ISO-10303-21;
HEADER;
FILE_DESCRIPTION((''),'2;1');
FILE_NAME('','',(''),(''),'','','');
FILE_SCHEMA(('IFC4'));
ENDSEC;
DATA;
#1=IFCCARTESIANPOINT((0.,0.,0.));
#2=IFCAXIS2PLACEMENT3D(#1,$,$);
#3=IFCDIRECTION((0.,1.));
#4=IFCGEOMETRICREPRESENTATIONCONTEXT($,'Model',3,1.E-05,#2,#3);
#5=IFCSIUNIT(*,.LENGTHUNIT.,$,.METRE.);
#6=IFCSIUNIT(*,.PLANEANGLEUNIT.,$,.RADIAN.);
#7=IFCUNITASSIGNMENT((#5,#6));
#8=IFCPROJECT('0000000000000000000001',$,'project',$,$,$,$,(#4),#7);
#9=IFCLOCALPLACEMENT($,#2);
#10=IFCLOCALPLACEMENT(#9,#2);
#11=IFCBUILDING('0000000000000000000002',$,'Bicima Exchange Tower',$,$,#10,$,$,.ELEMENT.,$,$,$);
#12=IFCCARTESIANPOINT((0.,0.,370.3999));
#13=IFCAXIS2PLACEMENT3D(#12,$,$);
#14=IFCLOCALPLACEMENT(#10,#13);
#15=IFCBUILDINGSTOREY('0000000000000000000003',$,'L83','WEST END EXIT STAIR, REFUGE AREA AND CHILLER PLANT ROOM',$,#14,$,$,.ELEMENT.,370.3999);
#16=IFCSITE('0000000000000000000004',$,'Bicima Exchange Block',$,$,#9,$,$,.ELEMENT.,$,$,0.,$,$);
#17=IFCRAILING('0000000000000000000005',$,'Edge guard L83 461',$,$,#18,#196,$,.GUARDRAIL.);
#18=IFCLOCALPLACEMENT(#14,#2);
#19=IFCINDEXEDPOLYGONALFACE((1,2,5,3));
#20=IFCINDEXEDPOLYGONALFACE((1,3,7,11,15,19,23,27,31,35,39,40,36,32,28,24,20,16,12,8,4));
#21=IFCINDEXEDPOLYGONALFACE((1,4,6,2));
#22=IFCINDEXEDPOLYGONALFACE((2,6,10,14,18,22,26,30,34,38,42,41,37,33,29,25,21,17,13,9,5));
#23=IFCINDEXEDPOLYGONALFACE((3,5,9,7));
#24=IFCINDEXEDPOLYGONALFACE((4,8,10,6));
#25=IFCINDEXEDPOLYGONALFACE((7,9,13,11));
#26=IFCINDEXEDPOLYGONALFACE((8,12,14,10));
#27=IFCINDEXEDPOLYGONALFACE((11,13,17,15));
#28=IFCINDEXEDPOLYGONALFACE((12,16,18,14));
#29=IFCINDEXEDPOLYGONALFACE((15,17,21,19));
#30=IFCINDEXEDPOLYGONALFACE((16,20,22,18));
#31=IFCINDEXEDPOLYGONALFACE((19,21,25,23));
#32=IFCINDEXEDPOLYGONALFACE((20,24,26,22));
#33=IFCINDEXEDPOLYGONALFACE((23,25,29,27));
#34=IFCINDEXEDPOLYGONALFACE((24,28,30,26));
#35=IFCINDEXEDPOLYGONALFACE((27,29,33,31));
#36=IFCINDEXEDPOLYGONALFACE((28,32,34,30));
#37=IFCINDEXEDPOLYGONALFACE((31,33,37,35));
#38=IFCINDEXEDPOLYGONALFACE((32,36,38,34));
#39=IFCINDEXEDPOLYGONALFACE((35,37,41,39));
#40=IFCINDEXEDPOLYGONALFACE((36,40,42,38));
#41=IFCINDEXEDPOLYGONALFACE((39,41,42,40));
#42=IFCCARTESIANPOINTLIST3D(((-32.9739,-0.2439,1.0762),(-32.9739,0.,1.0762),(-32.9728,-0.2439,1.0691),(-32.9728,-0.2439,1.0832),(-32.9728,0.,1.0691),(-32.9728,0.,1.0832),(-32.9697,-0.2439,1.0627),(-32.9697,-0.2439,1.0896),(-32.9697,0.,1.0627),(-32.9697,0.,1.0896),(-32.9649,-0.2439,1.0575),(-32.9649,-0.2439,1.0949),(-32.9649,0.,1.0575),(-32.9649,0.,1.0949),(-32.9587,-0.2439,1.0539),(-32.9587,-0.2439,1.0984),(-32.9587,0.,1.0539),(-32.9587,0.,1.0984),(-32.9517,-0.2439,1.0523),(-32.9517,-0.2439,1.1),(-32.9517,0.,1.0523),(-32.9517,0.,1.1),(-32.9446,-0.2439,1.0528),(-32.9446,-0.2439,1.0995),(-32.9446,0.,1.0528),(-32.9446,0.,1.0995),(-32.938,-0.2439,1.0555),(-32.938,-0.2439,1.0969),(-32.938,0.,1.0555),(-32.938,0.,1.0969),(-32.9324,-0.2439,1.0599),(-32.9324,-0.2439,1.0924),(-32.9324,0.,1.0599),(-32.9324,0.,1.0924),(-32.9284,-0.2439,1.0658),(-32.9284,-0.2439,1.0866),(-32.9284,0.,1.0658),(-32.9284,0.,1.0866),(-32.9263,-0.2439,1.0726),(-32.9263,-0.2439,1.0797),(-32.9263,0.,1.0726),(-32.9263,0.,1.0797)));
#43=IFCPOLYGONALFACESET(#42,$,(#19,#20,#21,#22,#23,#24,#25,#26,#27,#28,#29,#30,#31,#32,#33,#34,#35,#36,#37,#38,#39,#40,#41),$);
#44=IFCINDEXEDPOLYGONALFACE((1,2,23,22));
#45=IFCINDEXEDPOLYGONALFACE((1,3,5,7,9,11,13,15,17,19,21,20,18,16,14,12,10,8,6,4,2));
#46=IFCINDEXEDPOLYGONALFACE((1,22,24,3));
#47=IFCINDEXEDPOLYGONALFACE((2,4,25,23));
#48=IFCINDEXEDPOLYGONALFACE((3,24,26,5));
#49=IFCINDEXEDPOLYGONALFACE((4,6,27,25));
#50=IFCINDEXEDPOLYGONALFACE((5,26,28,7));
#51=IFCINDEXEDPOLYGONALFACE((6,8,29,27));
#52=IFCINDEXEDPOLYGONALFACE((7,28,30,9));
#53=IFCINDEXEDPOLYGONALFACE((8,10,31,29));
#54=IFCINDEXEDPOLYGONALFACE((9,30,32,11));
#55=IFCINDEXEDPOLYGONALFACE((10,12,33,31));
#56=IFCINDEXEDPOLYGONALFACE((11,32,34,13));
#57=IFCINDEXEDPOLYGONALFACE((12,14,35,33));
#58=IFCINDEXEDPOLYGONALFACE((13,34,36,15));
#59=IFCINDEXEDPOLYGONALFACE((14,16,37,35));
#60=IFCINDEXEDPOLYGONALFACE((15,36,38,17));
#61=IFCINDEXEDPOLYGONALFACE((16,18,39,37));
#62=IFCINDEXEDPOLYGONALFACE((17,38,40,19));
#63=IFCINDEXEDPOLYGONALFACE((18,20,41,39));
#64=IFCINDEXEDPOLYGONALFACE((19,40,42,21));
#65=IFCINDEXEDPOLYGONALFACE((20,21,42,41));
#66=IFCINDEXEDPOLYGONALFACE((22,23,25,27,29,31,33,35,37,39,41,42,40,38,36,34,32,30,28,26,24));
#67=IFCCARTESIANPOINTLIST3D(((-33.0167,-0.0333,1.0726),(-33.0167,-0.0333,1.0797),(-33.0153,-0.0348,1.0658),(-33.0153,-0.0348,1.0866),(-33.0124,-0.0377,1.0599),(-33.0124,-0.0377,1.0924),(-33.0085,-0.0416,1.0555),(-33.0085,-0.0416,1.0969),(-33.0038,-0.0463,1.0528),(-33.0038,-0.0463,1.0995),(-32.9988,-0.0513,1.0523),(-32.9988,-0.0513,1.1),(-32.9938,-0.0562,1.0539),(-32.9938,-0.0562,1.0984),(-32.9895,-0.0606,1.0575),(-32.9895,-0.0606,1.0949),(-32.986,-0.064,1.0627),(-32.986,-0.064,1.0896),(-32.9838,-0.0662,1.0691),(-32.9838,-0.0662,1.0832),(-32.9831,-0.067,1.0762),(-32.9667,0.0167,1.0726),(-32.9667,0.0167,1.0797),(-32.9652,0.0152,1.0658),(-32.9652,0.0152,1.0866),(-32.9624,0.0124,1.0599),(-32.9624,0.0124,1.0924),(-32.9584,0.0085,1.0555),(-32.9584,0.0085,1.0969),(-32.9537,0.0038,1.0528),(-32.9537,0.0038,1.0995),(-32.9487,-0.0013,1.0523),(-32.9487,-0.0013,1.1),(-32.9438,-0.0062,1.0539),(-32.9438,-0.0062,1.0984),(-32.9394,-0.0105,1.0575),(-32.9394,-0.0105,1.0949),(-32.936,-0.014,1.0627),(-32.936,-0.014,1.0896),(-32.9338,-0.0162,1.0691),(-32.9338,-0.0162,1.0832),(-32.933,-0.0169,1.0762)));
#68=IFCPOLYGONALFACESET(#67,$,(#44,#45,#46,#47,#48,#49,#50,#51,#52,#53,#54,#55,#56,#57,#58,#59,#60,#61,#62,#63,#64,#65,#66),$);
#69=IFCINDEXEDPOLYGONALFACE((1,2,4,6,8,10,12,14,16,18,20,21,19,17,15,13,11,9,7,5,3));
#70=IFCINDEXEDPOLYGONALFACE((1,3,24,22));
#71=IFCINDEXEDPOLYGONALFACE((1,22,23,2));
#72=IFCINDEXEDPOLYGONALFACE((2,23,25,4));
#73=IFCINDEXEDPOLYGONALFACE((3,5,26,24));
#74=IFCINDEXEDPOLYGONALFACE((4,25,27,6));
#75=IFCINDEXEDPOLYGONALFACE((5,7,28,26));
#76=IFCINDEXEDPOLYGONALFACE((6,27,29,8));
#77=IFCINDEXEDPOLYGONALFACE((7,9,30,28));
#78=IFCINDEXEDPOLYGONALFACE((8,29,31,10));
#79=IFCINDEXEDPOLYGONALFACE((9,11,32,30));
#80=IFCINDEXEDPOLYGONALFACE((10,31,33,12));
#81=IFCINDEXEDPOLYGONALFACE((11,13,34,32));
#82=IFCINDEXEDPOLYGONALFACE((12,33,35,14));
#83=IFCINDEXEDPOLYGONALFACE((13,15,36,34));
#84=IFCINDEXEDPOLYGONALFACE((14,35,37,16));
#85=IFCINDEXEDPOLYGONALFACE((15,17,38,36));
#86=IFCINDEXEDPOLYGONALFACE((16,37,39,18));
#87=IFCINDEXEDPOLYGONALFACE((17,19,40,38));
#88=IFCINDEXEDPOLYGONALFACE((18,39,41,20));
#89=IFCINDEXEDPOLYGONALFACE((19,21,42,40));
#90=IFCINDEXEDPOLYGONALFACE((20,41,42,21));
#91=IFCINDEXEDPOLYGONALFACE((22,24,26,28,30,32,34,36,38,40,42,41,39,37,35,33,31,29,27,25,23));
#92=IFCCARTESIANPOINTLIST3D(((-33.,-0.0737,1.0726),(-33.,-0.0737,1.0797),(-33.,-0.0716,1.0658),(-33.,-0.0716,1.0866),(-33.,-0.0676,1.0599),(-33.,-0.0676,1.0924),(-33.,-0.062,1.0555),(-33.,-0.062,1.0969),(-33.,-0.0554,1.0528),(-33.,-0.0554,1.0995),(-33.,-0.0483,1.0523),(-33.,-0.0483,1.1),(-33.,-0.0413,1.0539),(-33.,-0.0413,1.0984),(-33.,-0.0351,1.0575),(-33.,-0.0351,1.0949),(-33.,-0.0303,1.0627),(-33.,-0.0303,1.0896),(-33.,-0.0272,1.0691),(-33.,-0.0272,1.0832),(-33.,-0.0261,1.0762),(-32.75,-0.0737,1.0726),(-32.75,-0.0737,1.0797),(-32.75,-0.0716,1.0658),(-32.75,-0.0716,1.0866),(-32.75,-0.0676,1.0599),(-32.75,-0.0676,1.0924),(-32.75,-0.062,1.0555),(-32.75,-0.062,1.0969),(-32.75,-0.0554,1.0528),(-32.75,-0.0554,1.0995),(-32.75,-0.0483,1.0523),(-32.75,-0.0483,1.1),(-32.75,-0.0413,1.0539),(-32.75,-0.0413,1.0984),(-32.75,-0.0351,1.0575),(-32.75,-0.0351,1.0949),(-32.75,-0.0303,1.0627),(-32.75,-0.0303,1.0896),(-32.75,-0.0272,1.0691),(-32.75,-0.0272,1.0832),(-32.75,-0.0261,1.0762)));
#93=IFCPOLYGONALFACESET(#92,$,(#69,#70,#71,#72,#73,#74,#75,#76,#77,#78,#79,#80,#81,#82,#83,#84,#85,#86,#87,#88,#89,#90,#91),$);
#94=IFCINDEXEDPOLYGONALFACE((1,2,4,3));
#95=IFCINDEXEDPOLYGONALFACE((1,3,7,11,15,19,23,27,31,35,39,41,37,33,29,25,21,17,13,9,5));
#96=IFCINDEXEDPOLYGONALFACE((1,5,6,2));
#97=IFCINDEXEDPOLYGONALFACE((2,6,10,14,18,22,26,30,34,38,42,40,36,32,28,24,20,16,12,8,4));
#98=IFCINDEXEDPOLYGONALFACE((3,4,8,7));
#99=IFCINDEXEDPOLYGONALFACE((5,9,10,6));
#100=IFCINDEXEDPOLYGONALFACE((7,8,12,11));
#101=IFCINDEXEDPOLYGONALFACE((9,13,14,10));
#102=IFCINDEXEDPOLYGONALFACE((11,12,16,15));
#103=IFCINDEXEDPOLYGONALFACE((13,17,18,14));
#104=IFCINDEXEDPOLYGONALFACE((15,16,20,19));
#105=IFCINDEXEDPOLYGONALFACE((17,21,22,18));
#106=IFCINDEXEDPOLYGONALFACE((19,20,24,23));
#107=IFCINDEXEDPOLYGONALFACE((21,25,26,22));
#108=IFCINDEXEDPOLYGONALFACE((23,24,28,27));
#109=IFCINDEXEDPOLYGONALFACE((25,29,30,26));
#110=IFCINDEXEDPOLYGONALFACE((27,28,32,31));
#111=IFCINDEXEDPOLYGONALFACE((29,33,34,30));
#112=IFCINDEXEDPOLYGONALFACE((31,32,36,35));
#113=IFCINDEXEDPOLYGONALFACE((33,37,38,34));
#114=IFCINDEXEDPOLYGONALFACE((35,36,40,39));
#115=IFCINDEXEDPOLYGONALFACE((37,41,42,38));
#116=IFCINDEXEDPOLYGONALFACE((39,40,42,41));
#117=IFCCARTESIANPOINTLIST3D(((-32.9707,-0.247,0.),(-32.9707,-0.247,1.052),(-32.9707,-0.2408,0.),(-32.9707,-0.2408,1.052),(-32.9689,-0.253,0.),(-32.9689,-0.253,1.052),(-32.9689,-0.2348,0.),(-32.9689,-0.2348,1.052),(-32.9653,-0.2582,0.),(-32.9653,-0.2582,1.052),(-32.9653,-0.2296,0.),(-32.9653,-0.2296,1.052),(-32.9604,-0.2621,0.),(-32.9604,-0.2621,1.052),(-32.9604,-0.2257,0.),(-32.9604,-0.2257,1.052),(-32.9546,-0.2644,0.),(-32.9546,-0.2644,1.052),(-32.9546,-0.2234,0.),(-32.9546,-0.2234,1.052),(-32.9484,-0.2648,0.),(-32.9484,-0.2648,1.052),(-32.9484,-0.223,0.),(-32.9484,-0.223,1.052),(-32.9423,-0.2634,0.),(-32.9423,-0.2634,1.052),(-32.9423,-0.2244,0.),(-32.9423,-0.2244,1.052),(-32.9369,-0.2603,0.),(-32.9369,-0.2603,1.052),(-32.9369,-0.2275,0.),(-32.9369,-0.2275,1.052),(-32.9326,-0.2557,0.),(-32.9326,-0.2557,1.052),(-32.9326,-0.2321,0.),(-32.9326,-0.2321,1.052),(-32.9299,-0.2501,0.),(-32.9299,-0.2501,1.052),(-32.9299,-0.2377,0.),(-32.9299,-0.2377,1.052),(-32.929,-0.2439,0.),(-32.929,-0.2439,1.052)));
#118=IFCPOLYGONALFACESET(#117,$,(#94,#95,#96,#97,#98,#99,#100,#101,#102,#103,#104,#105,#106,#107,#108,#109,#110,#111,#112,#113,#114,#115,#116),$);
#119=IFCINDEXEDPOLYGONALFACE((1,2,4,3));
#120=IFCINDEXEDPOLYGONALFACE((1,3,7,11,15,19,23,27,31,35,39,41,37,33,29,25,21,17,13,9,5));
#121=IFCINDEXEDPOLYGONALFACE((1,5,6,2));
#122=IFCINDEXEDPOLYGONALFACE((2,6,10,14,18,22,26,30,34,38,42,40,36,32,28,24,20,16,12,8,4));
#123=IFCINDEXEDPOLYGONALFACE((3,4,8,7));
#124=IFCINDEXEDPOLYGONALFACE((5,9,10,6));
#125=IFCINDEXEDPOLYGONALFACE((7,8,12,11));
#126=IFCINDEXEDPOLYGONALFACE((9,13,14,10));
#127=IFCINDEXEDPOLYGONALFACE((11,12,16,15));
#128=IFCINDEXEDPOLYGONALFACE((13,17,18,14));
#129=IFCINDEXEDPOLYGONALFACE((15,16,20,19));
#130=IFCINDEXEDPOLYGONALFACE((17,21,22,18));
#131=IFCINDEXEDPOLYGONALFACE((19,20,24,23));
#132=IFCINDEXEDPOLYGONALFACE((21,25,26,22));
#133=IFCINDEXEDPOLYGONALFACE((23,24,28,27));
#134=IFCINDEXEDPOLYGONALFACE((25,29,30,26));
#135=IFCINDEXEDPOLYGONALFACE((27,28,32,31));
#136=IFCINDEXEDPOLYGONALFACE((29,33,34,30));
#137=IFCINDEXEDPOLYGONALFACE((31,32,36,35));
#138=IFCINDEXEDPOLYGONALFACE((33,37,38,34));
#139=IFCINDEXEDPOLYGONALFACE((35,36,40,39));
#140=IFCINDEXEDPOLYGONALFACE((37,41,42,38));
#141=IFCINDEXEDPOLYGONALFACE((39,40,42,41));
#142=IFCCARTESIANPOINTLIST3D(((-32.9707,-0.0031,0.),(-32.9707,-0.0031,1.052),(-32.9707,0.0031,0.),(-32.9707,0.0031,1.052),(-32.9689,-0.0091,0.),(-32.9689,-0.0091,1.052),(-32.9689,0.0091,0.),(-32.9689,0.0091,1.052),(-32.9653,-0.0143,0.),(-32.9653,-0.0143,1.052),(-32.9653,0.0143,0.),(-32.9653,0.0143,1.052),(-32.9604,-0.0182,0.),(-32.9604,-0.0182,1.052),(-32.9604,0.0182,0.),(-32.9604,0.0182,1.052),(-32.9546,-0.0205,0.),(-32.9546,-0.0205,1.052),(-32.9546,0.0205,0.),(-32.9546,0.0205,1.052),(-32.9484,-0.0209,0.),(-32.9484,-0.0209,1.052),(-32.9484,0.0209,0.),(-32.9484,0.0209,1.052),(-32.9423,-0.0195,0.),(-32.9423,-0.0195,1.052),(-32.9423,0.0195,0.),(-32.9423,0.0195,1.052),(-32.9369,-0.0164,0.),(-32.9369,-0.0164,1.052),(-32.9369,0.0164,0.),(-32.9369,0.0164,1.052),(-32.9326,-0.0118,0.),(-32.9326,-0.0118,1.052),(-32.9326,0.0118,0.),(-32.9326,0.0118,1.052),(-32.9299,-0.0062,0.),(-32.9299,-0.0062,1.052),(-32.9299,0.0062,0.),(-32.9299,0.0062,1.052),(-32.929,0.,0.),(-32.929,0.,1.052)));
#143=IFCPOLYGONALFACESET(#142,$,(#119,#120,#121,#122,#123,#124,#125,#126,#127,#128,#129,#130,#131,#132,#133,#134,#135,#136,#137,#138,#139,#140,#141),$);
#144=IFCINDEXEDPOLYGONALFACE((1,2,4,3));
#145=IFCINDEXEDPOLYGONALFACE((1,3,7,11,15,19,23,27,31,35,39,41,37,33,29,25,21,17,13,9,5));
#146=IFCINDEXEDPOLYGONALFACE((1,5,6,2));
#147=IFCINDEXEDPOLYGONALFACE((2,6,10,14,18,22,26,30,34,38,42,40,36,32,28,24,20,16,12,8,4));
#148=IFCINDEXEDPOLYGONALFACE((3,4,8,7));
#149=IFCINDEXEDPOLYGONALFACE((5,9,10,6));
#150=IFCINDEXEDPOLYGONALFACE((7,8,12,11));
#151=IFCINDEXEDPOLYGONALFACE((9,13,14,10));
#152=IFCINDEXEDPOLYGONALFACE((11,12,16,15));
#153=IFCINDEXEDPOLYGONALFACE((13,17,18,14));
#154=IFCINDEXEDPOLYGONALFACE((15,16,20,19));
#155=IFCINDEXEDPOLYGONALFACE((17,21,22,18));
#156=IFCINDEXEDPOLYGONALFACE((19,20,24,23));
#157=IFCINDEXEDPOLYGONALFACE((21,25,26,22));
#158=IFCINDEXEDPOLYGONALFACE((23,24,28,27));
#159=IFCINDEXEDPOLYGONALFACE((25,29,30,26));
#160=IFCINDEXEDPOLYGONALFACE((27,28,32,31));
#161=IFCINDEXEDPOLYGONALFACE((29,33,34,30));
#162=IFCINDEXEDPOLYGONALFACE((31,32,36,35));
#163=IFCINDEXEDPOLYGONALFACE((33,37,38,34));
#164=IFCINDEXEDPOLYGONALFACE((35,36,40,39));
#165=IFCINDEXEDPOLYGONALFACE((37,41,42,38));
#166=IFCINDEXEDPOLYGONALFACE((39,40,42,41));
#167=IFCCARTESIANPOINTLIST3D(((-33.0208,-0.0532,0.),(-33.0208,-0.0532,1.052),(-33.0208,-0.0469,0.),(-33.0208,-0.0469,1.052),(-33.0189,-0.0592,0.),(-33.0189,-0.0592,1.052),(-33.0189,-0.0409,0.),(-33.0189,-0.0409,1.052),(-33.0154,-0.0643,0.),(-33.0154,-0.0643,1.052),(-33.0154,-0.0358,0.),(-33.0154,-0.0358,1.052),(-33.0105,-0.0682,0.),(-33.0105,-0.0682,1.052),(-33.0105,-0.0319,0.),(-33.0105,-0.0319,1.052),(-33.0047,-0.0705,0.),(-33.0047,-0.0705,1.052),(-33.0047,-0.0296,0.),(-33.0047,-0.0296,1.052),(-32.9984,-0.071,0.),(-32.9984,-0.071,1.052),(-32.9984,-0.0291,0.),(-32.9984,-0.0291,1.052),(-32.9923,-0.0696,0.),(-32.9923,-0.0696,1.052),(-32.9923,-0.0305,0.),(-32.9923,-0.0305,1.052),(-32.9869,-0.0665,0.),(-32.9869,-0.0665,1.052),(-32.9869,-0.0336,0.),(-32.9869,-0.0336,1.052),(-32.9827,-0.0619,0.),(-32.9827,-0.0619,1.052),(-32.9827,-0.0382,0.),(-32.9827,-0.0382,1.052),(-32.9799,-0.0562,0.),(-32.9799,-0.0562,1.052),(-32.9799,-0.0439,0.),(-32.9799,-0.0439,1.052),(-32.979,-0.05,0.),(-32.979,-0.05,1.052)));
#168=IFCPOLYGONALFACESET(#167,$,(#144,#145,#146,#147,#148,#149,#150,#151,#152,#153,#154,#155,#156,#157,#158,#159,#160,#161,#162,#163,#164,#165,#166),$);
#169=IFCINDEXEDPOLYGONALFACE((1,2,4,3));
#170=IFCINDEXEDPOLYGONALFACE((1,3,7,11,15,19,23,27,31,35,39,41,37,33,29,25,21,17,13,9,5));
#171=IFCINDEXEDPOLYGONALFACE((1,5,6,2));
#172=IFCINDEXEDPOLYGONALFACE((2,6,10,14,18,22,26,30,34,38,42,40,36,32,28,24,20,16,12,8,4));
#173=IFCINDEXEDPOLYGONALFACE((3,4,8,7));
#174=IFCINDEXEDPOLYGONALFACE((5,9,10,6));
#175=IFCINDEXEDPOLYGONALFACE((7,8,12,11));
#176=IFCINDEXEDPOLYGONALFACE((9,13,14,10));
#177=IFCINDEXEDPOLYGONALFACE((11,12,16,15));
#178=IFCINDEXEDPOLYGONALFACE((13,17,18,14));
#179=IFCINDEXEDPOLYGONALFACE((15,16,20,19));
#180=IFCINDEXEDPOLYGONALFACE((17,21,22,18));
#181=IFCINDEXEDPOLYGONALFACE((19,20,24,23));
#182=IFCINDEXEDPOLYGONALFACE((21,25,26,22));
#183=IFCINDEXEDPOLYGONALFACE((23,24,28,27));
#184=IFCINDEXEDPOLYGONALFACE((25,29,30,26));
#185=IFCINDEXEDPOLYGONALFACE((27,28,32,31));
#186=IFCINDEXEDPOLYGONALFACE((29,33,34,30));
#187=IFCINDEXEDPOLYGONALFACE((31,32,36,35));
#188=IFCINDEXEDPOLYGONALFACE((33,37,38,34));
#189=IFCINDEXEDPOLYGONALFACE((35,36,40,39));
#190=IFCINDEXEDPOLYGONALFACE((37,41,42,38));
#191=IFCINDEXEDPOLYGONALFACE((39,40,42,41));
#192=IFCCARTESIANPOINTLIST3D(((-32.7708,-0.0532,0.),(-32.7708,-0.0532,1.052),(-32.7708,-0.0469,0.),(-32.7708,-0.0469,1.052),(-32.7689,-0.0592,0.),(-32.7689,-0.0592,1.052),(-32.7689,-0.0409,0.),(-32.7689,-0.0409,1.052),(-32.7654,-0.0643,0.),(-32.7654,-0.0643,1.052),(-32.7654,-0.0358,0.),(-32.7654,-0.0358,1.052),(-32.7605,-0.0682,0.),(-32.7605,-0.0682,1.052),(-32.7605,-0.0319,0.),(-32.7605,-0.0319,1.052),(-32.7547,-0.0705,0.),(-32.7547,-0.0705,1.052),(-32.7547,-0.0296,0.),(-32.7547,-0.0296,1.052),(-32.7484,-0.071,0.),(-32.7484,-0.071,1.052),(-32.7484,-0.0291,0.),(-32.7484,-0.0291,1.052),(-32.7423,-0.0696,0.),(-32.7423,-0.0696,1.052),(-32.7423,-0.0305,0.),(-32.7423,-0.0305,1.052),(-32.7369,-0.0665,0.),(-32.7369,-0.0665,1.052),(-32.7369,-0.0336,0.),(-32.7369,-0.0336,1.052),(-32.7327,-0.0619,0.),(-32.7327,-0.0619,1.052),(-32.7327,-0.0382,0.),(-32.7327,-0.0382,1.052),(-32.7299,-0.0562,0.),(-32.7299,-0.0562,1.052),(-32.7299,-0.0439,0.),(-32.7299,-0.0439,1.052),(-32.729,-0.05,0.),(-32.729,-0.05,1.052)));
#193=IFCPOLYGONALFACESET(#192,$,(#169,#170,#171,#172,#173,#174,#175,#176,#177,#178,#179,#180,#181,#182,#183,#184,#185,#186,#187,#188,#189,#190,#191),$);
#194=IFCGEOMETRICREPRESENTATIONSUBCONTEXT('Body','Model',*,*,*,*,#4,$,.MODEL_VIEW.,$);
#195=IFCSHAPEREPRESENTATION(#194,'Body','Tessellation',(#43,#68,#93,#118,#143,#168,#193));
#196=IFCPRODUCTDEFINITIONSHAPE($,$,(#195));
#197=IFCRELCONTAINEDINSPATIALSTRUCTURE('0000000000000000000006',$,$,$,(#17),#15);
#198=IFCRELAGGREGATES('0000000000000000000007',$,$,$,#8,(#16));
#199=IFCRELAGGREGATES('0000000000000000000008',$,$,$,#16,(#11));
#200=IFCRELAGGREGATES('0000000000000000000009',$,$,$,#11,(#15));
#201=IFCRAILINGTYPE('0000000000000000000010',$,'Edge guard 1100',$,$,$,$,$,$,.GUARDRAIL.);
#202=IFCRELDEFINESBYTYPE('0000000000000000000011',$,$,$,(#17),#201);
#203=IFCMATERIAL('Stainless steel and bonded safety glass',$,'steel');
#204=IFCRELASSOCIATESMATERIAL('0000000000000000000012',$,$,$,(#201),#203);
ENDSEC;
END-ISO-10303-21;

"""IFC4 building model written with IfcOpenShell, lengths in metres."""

from ifc_helpers import new_model, si_unit, direction, frame, origin, origin_2d, place, context, subcontext, project, spatial, circle, extrude, material, type_object, element, save


model = new_model("IFC4")

# Units and contexts
model_context = context("Model", 3, precision=1e-05, world=origin(), true_north=direction((0.0, 1.0)))
body_context = subcontext(model_context, "Body", "Model", "MODEL_VIEW")
ifc_project = project(units=[si_unit("LENGTHUNIT", "METRE"), si_unit("PLANEANGLEUNIT", "RADIAN")], contexts=[model_context])

# Site, building, storey
site_placement = place(None, origin())
site = spatial("IfcSite", under=ifc_project, at=site_placement, Name="Bicima Exchange Block", CompositionType="ELEMENT", RefElevation=0.0)
building_placement = place(site_placement, origin())
building = spatial("IfcBuilding", under=site, at=building_placement, Name="Bicima Exchange Tower", CompositionType="ELEMENT")
storey_placement = place(building_placement, frame((0.0, 0.0, 370.3999)))
storey = spatial("IfcBuildingStorey", under=building, at=storey_placement, Name="L83", Description="WEST END EXIT STAIR, REFUGE AREA AND CHILLER PLANT ROOM", CompositionType="ELEMENT", Elevation=370.3999)

# Railing
ifc_material_1 = material(Name="Stainless steel and bonded safety glass", Category="steel")
railing_type = type_object("IfcRailingType", Name="Edge guard 1100", PredefinedType="GUARDRAIL", material=ifc_material_1)
railing_1_placement = place(storey_placement, frame((-32.95, -0.2439, 0.0)))
element("IfcRailing", 1, at=railing_1_placement, inside=storey, type_object=railing_type, Name="Edge guard L83 461", PredefinedType="GUARDRAIL", context=body_context, shape_type="SweptSolid", body=[
    extrude(circle(Radius=0.0239, at=origin_2d()), frame((0.0, 0.0, 1.0762), z_axis=(0.0, 1.0, 0.0), x_axis=(-1.0, 0.0, 0.0)), (0.0, 0.0, 1.0), 0.2439),
    extrude(circle(Radius=0.0239, at=origin_2d()), frame((0.0, 0.2439, 1.0762), z_axis=(-0.707107, -0.707107, 0.0), x_axis=(0.707107, -0.707107, 0.0)), (0.0, 0.0, 1.0), 0.0708),
    extrude(circle(Radius=0.0239, at=origin_2d()), frame((-0.05, 0.1938, 1.0762), z_axis=(1.0, 0.0, 0.0), x_axis=(0.0, 1.0, 0.0)), (0.0, 0.0, 1.0), 0.25),
    extrude(circle(Radius=0.021, at=origin_2d()), origin(), (0.0, 0.0, 1.0), 1.052),
    extrude(circle(Radius=0.021, at=origin_2d()), frame((0.0, 0.2439, 0.0)), (0.0, 0.0, 1.0), 1.052),
    extrude(circle(Radius=0.021, at=origin_2d()), frame((-0.05, 0.1938, 0.0)), (0.0, 0.0, 1.0), 1.052),
    extrude(circle(Radius=0.021, at=origin_2d()), frame((0.2, 0.1938, 0.0)), (0.0, 0.0, 1.0), 1.052),
])

save(model, "model.ifc")
